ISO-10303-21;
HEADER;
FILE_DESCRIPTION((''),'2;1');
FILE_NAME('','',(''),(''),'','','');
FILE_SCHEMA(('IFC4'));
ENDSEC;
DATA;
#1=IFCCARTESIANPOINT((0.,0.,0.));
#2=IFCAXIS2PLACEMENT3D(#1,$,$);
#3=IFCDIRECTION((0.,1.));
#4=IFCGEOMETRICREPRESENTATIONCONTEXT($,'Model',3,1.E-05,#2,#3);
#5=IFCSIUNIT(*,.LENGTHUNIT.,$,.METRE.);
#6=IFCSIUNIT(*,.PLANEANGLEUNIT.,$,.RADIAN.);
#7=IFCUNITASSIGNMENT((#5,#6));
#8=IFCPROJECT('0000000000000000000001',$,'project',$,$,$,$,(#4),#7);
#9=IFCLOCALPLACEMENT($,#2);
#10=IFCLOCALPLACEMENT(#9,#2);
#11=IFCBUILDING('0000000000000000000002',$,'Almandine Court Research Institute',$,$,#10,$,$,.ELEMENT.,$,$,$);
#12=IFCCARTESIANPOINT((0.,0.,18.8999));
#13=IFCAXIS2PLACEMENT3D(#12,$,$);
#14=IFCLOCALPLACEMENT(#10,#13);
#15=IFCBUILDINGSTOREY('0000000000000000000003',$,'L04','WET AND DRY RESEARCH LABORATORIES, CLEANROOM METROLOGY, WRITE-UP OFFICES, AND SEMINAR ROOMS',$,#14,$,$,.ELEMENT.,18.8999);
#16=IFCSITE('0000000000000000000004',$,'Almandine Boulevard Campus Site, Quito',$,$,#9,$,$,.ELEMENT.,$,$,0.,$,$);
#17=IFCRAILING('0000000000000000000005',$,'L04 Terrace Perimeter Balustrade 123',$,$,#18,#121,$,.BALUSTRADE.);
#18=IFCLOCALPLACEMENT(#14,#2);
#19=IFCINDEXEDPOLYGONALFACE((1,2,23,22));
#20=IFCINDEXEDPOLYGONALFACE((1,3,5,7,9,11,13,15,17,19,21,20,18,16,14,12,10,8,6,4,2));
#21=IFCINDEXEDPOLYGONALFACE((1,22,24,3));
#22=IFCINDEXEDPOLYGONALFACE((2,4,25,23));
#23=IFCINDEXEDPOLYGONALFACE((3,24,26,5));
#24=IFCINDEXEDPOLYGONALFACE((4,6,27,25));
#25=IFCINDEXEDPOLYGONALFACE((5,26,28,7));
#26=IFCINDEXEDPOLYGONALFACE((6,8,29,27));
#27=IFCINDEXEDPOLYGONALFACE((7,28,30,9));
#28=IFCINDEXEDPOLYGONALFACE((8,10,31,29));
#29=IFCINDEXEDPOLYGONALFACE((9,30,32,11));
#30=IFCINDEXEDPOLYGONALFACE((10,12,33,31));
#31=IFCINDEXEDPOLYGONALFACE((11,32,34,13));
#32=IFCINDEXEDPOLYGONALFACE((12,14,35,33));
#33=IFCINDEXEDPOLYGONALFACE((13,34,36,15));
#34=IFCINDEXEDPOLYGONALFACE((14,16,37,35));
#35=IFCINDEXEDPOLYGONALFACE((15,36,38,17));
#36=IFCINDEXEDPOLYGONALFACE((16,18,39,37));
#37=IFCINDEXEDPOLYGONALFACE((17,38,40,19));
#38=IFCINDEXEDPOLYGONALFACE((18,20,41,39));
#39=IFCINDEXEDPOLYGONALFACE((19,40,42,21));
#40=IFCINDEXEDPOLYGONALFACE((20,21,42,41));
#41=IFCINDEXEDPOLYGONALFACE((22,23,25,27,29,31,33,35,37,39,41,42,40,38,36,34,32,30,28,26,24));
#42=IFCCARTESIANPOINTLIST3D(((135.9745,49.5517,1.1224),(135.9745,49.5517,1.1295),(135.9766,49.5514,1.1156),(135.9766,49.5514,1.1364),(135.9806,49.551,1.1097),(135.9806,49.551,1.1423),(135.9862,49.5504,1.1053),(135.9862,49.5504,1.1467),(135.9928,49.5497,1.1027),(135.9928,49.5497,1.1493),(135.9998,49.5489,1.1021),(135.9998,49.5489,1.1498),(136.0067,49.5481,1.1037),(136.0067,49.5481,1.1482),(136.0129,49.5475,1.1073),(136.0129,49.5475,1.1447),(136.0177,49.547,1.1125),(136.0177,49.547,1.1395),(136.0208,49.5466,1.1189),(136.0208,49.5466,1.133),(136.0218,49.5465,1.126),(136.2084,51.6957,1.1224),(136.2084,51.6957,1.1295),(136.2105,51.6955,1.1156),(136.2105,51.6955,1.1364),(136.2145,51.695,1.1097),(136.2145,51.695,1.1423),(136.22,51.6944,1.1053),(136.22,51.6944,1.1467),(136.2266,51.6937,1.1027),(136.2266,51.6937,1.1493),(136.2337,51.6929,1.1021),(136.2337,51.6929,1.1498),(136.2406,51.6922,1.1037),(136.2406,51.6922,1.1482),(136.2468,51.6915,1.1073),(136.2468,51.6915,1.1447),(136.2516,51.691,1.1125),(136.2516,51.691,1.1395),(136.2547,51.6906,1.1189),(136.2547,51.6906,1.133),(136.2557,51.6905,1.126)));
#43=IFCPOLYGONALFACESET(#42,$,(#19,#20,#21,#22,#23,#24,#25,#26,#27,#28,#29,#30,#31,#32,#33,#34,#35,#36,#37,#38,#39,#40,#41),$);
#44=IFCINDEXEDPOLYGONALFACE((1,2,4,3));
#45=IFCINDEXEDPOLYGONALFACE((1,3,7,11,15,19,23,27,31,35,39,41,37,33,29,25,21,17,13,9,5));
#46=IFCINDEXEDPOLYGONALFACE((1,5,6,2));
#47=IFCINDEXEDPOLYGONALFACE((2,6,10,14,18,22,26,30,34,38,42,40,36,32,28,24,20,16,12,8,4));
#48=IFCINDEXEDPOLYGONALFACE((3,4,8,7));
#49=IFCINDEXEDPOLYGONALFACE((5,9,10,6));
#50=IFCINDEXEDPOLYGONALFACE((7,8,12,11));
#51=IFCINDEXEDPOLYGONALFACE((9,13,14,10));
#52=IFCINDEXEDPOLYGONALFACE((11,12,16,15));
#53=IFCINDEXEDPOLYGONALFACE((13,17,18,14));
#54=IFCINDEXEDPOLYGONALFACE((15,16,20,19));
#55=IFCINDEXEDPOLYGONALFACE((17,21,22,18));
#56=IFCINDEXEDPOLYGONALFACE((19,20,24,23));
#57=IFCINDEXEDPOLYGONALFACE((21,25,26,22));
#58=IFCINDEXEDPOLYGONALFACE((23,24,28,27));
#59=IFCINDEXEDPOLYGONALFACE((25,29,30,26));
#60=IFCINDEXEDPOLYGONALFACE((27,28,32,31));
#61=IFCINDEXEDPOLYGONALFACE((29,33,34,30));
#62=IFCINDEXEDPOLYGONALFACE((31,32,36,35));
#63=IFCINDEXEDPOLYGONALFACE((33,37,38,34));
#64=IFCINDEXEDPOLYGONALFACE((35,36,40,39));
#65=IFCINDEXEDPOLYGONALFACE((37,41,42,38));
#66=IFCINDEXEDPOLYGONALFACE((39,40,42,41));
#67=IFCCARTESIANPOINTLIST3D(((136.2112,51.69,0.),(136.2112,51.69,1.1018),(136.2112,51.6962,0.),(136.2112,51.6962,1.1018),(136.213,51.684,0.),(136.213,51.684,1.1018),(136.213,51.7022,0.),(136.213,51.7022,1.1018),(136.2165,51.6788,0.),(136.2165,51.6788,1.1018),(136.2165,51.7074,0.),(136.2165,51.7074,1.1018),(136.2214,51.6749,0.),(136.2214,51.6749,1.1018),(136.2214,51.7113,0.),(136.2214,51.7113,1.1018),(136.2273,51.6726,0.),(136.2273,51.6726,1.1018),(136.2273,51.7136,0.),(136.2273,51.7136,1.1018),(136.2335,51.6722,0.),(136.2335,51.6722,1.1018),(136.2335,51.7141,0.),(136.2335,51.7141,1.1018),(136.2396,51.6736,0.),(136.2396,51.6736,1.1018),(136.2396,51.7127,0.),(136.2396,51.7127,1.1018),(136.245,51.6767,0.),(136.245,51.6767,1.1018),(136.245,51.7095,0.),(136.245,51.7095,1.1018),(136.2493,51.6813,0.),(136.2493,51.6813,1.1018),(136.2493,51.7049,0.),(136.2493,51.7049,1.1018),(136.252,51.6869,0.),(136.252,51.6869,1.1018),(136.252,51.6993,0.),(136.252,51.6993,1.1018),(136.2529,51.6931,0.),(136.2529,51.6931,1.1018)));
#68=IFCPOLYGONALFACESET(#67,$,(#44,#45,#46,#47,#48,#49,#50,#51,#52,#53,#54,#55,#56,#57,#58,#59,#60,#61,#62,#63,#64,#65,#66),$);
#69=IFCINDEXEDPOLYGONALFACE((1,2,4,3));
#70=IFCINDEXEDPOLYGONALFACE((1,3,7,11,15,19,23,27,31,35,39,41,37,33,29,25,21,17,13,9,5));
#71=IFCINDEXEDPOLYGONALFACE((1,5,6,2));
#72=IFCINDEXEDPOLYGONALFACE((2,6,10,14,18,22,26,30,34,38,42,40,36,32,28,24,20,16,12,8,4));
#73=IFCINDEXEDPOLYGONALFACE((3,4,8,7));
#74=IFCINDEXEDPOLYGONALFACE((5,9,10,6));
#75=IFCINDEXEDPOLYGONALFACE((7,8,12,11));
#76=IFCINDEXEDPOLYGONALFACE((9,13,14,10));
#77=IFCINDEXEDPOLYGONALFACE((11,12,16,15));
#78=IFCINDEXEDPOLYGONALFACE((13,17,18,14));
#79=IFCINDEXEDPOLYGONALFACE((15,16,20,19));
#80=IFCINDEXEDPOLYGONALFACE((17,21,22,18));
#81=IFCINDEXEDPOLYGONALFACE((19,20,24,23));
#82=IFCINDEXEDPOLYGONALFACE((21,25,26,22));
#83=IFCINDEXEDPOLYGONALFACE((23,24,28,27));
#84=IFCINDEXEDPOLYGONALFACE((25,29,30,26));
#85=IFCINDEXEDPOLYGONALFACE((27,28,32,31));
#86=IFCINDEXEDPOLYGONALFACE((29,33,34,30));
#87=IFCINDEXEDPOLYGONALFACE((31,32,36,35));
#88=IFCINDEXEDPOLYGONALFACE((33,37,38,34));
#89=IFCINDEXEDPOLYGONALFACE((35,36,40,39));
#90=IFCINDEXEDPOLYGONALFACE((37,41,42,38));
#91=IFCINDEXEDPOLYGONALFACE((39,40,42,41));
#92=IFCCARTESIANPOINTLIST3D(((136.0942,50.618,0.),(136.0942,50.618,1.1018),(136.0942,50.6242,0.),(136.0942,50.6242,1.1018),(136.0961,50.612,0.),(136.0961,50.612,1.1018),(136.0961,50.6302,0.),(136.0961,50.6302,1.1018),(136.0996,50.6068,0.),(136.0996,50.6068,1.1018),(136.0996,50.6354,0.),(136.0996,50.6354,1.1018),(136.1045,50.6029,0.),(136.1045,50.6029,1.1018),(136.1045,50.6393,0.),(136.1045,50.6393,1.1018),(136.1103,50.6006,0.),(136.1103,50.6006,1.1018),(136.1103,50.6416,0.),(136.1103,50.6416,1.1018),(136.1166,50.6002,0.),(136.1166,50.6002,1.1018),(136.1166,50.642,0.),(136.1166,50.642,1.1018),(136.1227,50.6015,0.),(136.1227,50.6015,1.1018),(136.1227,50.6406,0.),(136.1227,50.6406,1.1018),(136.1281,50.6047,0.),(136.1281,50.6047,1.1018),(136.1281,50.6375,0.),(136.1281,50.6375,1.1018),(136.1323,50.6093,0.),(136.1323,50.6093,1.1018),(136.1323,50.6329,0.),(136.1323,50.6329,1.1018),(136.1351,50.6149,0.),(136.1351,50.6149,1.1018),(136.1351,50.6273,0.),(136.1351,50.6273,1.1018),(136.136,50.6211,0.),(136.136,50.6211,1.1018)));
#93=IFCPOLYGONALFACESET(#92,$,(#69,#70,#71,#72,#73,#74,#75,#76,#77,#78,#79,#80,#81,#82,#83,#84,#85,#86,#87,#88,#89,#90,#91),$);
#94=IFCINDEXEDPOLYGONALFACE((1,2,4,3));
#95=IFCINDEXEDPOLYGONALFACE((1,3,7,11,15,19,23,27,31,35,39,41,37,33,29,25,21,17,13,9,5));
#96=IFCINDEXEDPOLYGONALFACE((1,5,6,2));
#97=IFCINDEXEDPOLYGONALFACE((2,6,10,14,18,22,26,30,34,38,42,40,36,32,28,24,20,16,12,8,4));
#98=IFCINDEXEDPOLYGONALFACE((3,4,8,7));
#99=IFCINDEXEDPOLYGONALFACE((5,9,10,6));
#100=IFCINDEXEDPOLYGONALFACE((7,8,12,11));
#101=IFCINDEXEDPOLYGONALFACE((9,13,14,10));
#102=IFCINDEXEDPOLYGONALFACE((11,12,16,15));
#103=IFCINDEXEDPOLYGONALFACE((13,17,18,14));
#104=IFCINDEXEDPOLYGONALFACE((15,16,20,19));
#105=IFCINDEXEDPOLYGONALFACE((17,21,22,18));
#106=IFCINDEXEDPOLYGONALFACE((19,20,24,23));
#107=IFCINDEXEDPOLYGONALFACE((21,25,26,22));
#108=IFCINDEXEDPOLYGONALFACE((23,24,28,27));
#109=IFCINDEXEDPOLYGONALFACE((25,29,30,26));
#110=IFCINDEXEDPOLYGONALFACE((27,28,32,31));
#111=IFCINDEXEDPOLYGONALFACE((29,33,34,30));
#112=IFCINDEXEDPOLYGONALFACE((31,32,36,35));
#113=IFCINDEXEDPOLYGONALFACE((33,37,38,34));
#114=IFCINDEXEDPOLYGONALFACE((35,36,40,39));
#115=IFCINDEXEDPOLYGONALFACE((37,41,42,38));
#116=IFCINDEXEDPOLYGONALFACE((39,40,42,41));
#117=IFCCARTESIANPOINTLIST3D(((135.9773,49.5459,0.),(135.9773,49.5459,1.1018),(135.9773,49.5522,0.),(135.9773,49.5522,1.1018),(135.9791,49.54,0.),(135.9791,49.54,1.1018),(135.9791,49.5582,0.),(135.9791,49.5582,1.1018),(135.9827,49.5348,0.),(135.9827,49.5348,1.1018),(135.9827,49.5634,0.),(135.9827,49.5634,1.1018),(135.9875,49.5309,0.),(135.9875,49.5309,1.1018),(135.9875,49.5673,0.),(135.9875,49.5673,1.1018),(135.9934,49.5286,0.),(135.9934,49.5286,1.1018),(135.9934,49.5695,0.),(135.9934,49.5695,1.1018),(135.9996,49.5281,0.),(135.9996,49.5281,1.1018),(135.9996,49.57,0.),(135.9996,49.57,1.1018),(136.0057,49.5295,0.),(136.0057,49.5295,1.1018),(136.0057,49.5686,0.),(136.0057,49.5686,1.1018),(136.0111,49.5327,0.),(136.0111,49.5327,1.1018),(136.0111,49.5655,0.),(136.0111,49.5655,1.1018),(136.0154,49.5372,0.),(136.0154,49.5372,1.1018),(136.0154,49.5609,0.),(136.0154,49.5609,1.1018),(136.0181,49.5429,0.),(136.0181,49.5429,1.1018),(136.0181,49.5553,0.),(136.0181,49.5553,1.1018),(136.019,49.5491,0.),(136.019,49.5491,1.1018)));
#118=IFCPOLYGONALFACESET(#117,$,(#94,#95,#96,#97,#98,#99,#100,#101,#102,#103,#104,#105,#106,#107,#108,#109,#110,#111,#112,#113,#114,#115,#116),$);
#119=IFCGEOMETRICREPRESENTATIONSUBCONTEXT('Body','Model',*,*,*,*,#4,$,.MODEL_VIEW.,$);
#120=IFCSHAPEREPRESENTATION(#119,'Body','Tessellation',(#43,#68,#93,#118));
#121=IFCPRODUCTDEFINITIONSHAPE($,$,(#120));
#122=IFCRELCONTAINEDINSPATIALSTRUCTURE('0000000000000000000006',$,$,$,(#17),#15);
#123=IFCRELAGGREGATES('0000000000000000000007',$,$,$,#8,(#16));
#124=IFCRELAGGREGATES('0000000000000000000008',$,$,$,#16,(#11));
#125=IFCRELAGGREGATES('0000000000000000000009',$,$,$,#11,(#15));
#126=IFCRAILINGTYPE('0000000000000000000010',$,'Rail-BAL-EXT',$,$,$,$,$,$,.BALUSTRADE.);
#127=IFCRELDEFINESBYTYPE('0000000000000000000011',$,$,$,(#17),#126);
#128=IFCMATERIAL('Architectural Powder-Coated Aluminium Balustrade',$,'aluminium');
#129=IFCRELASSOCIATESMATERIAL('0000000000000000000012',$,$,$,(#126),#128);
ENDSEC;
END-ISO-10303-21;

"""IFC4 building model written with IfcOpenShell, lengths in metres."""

from ifc_helpers import new_model, si_unit, direction, frame, origin, origin_2d, place, context, subcontext, project, spatial, circle, extrude, material, type_object, element, save


model = new_model("IFC4")

# Units and contexts
model_context = context("Model", 3, precision=1e-05, world=origin(), true_north=direction((0.0, 1.0)))
body_context = subcontext(model_context, "Body", "Model", "MODEL_VIEW")
ifc_project = project(units=[si_unit("LENGTHUNIT", "METRE"), si_unit("PLANEANGLEUNIT", "RADIAN")], contexts=[model_context])

# Site, building, storey
site_placement = place(None, origin())
site = spatial("IfcSite", under=ifc_project, at=site_placement, Name="Almandine Boulevard Campus Site, Quito", CompositionType="ELEMENT", RefElevation=0.0)
building_placement = place(site_placement, origin())
building = spatial("IfcBuilding", under=site, at=building_placement, Name="Almandine Court Research Institute", CompositionType="ELEMENT")
storey_placement = place(building_placement, frame((0.0, 0.0, 18.8999)))
storey = spatial("IfcBuildingStorey", under=building, at=storey_placement, Name="L04", Description="WET AND DRY RESEARCH LABORATORIES, CLEANROOM METROLOGY, WRITE-UP OFFICES, AND SEMINAR ROOMS", CompositionType="ELEMENT", Elevation=18.8999)

# Railing
ifc_material_1 = material(Name="Architectural Powder-Coated Aluminium Balustrade", Category="aluminium")
railing_type = type_object("IfcRailingType", Name="Rail-BAL-EXT", PredefinedType="BALUSTRADE", material=ifc_material_1)
railing_1_placement = place(storey_placement, frame((136.2319, 51.6931, 0.0)))
element("IfcRailing", 1, at=railing_1_placement, inside=storey, type_object=railing_type, Name="L04 Terrace Perimeter Balustrade 123", PredefinedType="BALUSTRADE", context=body_context, shape_type="SweptSolid", body=[
    extrude(circle(Radius=0.0239, at=origin_2d()), frame((0.0, 0.0, 1.126), z_axis=(-0.108443, -0.994103, 0.0), x_axis=(0.994103, -0.108443, 0.0)), (0.0, 0.0, 1.0), 2.1567),
    extrude(circle(Radius=0.021, at=origin_2d()), origin(), (0.0, 0.0, 1.0), 1.1018),
    extrude(circle(Radius=0.021, at=origin_2d()), frame((-0.1169, -1.072, 0.0)), (0.0, 0.0, 1.0), 1.1018),
    extrude(circle(Radius=0.021, at=origin_2d()), frame((-0.2339, -2.144, 0.0)), (0.0, 0.0, 1.0), 1.1018),
])

save(model, "model.ifc")
